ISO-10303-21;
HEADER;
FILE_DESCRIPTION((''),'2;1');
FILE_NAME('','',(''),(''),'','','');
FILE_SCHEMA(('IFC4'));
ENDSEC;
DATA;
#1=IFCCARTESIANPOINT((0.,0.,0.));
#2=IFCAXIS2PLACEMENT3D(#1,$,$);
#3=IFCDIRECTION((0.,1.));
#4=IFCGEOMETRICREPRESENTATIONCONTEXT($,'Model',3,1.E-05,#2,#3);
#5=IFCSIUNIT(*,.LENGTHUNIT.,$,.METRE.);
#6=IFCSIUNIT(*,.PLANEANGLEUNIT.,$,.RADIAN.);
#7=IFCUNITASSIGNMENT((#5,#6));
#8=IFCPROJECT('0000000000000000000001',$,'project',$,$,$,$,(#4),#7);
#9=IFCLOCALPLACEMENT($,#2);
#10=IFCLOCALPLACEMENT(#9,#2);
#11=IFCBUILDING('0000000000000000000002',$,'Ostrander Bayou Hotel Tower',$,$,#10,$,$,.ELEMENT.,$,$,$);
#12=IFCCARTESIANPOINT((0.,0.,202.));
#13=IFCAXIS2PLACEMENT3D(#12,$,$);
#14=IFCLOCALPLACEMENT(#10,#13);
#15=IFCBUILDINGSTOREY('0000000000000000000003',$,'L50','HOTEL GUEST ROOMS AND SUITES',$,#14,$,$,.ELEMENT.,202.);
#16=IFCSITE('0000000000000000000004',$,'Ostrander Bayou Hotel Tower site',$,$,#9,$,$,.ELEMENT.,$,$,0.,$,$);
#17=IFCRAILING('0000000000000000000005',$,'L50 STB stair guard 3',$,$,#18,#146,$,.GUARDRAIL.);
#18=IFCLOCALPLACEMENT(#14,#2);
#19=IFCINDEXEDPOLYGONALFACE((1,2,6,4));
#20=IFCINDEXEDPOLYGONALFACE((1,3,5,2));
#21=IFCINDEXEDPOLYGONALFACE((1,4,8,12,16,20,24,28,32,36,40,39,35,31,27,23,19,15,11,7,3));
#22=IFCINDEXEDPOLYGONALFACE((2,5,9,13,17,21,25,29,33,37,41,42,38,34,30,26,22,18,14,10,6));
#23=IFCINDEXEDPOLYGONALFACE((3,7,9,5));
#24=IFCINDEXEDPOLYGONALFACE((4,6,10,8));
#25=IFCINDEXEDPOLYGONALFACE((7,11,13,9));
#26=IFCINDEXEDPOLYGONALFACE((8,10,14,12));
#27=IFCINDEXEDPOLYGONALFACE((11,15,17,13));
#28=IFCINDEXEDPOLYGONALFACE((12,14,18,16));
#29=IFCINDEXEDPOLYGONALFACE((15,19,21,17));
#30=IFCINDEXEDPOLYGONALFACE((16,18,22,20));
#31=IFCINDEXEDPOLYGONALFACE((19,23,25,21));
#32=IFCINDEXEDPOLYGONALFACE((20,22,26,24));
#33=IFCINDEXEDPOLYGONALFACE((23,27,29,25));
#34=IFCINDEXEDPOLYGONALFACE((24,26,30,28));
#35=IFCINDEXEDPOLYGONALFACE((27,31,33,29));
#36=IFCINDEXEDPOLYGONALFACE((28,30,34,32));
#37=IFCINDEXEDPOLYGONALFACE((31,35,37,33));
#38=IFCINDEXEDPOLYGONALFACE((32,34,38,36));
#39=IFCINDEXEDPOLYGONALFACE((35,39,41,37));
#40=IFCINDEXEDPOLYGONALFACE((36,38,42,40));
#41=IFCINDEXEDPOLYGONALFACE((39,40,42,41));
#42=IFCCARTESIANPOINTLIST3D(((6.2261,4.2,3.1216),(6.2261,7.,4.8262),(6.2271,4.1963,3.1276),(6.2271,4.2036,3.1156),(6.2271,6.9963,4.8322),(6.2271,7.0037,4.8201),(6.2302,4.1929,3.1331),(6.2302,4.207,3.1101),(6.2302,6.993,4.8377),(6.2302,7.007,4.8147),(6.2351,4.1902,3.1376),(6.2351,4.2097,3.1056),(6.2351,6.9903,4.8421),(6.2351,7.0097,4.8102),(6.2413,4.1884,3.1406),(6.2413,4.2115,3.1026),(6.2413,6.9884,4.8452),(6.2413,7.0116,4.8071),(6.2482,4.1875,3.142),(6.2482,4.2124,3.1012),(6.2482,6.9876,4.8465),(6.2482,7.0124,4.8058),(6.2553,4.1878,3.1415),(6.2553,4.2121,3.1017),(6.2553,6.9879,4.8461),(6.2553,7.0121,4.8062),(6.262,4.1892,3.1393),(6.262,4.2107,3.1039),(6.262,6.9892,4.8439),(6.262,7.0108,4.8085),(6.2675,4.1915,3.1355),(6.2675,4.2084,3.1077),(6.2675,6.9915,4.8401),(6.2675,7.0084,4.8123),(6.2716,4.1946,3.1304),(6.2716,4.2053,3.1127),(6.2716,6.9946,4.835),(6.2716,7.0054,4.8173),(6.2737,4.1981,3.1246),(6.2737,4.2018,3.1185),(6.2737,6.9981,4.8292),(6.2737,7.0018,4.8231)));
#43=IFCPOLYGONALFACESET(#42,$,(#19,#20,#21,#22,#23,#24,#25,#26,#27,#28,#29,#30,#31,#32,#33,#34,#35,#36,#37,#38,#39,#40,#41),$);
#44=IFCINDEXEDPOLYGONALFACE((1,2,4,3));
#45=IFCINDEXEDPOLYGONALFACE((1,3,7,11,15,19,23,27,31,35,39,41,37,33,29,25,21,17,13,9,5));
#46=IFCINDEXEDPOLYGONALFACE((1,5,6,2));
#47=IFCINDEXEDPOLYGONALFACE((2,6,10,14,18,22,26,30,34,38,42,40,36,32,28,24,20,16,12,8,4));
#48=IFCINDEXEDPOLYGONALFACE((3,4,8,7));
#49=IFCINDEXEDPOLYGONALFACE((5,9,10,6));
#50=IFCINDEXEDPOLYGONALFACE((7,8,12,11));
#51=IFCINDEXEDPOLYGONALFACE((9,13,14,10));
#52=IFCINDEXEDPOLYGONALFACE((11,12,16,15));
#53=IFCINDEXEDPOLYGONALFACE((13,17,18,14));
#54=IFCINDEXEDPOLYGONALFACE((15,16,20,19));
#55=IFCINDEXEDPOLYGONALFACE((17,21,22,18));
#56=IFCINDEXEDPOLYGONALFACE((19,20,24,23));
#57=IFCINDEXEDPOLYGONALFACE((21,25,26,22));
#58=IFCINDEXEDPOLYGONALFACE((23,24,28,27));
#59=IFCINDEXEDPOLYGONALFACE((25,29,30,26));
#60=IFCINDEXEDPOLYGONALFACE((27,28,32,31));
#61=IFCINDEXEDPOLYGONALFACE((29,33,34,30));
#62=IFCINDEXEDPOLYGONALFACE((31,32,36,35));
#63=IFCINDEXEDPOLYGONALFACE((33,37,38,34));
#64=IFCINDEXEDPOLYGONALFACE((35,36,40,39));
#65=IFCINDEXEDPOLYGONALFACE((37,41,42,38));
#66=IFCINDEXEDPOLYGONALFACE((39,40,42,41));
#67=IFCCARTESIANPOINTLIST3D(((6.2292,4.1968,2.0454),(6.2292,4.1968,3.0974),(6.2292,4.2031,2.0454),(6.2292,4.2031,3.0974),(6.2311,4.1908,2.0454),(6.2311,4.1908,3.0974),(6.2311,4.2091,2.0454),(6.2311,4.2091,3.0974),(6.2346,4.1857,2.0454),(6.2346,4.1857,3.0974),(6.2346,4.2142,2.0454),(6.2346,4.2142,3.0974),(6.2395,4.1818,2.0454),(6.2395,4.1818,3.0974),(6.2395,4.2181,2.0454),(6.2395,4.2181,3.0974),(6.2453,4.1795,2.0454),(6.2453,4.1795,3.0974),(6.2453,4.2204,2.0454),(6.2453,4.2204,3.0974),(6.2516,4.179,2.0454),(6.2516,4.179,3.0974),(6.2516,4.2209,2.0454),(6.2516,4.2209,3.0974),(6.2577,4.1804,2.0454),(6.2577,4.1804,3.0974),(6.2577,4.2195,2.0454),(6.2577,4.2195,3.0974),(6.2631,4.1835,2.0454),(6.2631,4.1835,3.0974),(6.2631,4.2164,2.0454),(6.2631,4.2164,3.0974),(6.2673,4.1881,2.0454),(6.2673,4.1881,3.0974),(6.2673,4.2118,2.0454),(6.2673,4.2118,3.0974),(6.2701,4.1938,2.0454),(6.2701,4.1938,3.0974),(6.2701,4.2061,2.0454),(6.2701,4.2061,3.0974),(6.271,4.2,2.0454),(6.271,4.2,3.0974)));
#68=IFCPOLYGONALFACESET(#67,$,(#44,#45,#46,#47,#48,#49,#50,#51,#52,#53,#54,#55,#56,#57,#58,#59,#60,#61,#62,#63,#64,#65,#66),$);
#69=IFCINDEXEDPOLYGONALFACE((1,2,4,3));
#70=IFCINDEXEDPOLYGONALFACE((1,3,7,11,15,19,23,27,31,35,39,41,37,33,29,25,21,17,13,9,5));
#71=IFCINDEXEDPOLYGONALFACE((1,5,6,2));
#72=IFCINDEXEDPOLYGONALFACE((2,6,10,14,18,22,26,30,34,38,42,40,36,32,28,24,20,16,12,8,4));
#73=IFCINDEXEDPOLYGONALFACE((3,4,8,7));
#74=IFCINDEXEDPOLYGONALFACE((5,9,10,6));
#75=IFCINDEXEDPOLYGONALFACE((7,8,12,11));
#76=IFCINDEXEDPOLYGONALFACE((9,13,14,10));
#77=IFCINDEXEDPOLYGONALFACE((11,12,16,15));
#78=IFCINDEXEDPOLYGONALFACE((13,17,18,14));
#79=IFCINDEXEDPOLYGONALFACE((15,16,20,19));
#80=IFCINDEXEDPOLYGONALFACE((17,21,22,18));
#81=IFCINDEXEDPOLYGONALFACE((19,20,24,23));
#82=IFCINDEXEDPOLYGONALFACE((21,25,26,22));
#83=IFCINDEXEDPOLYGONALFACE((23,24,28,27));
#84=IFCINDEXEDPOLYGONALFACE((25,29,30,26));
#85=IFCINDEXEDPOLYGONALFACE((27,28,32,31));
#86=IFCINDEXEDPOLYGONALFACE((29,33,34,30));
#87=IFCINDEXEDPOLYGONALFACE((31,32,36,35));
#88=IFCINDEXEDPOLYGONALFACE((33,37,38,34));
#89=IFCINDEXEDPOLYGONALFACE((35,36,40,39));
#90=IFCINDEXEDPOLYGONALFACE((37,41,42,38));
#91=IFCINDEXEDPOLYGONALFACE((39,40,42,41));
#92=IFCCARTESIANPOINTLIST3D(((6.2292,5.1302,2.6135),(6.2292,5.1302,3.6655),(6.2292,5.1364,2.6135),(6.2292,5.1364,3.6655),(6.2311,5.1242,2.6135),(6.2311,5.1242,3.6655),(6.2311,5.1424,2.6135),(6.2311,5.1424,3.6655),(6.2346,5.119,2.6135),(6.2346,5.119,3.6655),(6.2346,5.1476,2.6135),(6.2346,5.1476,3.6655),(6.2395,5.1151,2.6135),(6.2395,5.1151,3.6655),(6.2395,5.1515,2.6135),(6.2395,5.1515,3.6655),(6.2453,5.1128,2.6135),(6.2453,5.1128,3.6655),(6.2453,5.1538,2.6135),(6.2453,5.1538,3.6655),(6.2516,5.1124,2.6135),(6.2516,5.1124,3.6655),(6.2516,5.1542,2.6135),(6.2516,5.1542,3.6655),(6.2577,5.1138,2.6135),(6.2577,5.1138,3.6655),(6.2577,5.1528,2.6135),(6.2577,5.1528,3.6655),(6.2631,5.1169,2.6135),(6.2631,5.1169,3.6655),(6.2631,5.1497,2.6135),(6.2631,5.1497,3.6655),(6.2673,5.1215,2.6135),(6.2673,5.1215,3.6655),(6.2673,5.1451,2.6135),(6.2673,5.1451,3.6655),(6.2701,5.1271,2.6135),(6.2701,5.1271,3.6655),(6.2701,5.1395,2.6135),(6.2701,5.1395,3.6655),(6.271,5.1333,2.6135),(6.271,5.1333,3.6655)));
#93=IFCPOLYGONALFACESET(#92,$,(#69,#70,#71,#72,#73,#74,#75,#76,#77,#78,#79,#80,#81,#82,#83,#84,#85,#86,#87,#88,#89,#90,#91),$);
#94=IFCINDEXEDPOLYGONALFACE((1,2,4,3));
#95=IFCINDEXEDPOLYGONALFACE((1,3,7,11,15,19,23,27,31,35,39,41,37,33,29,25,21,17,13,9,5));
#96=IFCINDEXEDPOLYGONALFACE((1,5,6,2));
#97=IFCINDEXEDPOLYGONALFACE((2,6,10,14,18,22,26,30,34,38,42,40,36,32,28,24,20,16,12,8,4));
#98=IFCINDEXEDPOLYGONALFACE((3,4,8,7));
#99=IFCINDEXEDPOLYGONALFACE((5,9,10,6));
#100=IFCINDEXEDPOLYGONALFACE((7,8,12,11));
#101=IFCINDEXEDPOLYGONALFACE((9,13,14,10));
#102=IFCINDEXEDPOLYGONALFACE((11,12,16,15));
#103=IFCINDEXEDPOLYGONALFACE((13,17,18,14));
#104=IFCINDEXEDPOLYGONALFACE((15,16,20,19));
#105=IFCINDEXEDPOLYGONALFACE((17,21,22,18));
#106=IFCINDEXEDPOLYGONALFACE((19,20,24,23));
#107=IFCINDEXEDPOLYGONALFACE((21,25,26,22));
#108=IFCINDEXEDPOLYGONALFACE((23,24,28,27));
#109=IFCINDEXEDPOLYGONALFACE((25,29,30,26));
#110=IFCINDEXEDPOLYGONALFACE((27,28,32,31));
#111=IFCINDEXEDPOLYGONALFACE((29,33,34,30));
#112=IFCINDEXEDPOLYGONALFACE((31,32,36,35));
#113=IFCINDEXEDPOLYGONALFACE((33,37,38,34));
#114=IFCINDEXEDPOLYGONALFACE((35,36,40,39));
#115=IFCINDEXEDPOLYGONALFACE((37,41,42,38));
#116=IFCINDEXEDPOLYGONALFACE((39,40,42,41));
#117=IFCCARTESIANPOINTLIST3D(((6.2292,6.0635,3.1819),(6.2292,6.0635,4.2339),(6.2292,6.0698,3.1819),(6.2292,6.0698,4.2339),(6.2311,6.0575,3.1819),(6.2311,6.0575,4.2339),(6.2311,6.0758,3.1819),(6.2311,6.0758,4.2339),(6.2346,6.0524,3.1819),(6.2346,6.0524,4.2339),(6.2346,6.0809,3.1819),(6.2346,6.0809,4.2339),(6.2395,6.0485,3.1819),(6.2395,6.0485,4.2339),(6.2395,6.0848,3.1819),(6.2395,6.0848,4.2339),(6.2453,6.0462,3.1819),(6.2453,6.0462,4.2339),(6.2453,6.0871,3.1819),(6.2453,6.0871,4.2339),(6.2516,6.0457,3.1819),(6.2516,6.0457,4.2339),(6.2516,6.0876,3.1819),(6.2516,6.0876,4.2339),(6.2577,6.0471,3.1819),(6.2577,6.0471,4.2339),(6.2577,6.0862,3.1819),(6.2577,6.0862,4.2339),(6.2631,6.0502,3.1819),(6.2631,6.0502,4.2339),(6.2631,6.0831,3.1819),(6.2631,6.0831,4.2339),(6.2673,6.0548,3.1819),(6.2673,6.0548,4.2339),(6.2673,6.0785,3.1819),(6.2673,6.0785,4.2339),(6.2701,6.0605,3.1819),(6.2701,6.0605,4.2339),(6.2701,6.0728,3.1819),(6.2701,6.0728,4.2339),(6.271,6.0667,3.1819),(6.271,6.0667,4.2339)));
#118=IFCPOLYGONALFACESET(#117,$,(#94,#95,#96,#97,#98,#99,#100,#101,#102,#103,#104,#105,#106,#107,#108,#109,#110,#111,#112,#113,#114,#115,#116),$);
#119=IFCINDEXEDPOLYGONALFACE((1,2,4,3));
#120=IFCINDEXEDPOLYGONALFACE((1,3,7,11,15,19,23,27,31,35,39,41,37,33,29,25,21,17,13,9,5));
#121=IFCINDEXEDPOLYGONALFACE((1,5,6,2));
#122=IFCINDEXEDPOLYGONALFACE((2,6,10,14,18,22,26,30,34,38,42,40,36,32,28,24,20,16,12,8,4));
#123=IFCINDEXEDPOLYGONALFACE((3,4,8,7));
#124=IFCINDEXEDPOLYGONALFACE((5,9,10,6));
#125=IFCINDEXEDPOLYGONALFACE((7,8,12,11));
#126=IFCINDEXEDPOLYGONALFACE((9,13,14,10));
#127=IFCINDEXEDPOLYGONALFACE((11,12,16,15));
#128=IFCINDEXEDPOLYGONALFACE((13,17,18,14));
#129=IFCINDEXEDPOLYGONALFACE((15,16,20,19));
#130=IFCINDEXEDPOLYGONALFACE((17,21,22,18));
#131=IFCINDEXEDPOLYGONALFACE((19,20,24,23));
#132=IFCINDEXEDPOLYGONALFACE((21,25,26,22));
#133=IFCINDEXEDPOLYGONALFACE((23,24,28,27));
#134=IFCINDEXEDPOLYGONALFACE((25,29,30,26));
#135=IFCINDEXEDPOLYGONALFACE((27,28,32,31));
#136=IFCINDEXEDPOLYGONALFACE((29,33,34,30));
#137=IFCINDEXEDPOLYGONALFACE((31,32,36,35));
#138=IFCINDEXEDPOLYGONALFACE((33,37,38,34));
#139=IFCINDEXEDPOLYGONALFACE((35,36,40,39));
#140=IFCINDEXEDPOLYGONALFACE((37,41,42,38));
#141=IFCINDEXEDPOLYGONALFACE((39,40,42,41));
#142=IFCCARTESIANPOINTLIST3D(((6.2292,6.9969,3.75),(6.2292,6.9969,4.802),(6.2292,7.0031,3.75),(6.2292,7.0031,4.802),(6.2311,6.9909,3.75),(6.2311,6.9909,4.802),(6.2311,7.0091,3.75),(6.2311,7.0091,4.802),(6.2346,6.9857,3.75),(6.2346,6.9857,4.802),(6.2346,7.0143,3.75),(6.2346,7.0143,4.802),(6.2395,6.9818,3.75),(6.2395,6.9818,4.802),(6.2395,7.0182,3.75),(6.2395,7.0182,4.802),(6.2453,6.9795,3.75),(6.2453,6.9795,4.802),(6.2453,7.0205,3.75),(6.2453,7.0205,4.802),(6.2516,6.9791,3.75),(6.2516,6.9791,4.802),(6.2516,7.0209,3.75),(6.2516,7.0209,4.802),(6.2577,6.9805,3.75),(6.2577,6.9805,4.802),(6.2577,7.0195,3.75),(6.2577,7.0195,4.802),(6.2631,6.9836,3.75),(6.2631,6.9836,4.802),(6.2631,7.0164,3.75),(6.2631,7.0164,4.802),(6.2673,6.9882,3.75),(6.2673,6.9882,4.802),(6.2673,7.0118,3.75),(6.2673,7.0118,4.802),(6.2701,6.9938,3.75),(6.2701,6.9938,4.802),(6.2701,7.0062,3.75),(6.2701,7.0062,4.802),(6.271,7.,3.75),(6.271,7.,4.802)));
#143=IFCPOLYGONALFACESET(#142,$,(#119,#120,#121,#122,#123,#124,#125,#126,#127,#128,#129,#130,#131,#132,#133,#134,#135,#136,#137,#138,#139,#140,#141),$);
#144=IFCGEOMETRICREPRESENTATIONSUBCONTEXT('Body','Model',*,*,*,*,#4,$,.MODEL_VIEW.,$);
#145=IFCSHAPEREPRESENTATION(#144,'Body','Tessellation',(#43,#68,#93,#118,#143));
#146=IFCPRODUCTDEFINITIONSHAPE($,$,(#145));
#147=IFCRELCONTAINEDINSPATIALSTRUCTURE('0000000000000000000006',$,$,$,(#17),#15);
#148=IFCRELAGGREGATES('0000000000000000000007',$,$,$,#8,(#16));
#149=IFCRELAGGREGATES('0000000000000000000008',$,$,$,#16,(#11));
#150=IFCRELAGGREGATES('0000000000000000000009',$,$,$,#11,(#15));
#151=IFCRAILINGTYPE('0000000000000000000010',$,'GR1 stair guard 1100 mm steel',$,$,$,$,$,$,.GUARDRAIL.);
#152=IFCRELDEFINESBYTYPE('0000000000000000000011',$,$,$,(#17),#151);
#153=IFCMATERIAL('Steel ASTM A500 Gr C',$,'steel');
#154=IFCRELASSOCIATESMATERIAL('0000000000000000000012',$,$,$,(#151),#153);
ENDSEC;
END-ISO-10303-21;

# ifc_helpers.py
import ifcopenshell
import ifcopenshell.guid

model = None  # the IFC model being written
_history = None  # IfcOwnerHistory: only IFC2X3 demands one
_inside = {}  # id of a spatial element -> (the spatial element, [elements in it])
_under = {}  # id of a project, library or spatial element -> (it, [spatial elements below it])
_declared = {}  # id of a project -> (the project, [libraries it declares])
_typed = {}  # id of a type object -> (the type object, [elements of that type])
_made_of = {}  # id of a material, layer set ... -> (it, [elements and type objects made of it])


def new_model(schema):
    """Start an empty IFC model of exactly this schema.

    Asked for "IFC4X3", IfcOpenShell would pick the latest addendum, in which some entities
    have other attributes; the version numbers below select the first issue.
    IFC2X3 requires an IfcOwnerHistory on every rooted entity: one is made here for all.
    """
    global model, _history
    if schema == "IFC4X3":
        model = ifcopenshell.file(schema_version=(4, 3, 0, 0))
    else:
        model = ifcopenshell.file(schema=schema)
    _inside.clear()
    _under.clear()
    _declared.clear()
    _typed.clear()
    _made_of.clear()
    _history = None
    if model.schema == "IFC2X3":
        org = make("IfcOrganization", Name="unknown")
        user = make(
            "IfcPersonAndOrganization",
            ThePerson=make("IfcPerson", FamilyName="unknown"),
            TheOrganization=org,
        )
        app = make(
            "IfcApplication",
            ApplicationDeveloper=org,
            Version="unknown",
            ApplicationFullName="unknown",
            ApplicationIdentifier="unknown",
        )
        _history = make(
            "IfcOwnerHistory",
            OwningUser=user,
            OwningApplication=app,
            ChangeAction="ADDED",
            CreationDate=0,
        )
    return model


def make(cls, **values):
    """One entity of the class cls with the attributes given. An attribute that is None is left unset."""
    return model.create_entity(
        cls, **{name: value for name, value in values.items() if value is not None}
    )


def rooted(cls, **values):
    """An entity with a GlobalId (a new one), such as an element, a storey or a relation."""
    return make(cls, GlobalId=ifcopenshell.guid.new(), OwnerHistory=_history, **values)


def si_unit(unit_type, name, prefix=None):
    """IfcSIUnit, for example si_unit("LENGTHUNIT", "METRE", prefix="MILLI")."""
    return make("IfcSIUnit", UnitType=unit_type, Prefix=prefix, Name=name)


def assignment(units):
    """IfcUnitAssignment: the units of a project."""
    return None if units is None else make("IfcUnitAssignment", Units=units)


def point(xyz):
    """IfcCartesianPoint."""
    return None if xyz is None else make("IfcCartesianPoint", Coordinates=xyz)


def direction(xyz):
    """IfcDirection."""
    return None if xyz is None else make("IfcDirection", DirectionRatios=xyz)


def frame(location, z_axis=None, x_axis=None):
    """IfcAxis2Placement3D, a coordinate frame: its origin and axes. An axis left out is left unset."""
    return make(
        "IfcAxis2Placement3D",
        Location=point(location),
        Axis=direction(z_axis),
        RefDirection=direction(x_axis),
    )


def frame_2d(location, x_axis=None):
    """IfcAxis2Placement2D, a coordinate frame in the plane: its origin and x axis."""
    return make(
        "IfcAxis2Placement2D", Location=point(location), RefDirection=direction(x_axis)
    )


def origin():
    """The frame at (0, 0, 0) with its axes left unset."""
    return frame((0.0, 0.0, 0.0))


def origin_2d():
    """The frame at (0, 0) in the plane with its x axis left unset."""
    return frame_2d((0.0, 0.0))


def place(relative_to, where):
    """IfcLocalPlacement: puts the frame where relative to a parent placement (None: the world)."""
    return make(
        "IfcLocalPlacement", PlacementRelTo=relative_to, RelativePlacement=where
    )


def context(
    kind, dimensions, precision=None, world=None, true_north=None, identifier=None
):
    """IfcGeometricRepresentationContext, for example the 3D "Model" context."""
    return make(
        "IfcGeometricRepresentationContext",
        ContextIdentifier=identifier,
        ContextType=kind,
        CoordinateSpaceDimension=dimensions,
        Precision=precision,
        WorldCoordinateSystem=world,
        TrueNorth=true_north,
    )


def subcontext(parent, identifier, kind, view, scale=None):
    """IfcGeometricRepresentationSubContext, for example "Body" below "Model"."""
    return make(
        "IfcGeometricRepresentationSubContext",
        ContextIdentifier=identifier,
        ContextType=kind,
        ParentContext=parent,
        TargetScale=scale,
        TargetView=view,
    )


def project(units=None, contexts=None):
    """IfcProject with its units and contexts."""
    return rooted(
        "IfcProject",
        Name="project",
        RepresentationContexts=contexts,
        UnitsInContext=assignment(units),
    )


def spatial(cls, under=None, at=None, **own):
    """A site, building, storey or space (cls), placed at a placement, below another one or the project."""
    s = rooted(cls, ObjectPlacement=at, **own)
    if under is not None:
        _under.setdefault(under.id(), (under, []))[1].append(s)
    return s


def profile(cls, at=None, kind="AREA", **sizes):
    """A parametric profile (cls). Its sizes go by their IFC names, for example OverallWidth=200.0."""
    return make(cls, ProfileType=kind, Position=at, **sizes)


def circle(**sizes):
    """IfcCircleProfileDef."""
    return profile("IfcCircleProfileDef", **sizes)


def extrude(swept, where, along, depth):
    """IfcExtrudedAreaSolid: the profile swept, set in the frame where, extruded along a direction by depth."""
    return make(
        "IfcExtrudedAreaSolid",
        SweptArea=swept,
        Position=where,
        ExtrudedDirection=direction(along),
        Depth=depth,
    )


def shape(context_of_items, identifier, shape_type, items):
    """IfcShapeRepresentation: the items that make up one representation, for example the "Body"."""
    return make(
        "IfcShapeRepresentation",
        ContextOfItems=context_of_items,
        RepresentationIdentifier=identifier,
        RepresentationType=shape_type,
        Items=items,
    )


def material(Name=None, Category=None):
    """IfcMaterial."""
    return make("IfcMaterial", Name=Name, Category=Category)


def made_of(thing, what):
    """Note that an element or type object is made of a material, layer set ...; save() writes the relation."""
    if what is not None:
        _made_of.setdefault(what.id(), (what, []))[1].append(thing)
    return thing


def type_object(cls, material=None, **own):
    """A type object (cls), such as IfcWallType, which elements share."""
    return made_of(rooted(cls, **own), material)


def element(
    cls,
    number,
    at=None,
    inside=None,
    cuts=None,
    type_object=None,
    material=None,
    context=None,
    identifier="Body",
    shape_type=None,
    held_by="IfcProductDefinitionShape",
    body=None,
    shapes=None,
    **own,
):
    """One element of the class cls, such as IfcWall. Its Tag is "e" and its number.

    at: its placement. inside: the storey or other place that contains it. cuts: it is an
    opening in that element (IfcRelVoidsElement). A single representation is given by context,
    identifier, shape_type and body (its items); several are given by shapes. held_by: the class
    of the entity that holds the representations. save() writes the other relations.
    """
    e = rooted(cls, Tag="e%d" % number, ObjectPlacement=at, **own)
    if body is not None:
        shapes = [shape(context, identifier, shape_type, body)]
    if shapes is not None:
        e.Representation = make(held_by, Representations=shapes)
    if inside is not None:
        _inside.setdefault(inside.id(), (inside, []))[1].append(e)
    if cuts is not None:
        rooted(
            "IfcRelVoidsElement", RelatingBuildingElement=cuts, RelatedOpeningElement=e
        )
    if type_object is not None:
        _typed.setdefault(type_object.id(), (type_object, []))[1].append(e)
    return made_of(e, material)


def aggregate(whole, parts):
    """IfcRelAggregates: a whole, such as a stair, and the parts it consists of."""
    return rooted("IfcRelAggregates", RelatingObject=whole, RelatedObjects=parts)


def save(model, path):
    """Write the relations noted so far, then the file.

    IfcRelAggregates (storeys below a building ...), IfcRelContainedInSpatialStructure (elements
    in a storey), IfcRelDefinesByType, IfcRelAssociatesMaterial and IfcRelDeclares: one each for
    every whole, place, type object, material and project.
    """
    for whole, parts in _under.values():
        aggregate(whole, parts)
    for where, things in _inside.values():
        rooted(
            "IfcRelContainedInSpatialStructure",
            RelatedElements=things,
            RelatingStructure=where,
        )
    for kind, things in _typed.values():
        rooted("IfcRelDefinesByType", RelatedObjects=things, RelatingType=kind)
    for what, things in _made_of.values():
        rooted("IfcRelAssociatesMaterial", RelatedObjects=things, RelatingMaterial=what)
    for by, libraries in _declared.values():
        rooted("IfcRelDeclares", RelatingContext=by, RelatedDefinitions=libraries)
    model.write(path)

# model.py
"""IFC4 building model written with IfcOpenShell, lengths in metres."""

from ifc_helpers import new_model, si_unit, direction, frame, origin, origin_2d, place, context, subcontext, project, spatial, circle, extrude, material, type_object, element, save


model = new_model("IFC4")

# Units and contexts
model_context = context("Model", 3, precision=1e-05, world=origin(), true_north=direction((0.0, 1.0)))
body_context = subcontext(model_context, "Body", "Model", "MODEL_VIEW")
ifc_project = project(units=[si_unit("LENGTHUNIT", "METRE"), si_unit("PLANEANGLEUNIT", "RADIAN")], contexts=[model_context])

# Site, building, storey
site_placement = place(None, origin())
site = spatial("IfcSite", under=ifc_project, at=site_placement, Name="Ostrander Bayou Hotel Tower site", CompositionType="ELEMENT", RefElevation=0.0)
building_placement = place(site_placement, origin())
building = spatial("IfcBuilding", under=site, at=building_placement, Name="Ostrander Bayou Hotel Tower", CompositionType="ELEMENT")
storey_placement = place(building_placement, frame((0.0, 0.0, 202.0)))
storey = spatial("IfcBuildingStorey", under=building, at=storey_placement, Name="L50", Description="HOTEL GUEST ROOMS AND SUITES", CompositionType="ELEMENT", Elevation=202.0)

# Railing
ifc_material_1 = material(Name="Steel ASTM A500 Gr C", Category="steel")
railing_type_1 = type_object("IfcRailingType", Name="GR1 stair guard 1100 mm steel", PredefinedType="GUARDRAIL", material=ifc_material_1)
railing_1_placement = place(storey_placement, frame((6.25, 4.2, 2.0454)))
element("IfcRailing", 1, at=railing_1_placement, inside=storey, type_object=railing_type_1, Name="L50 STB stair guard 3", PredefinedType="GUARDRAIL", context=body_context, shape_type="SweptSolid", body=[
    extrude(circle(Radius=0.0239, at=origin_2d()), frame((0.0, 0.0, 1.0762), z_axis=(0.0, 0.85417, 0.519994), x_axis=(-1.0, 0.0, 0.0)), (0.0, 0.0, 1.0), 3.2781),
    extrude(circle(Radius=0.021, at=origin_2d()), origin(), (0.0, 0.0, 1.0), 1.052),
    extrude(circle(Radius=0.021, at=origin_2d()), frame((0.0, 0.9333, 0.5681)), (0.0, 0.0, 1.0), 1.052),
    extrude(circle(Radius=0.021, at=origin_2d()), frame((0.0, 1.8667, 1.1365)), (0.0, 0.0, 1.0), 1.052),
    extrude(circle(Radius=0.021, at=origin_2d()), frame((0.0, 2.8, 1.7046)), (0.0, 0.0, 1.0), 1.052),
])

save(model, "model.ifc")
